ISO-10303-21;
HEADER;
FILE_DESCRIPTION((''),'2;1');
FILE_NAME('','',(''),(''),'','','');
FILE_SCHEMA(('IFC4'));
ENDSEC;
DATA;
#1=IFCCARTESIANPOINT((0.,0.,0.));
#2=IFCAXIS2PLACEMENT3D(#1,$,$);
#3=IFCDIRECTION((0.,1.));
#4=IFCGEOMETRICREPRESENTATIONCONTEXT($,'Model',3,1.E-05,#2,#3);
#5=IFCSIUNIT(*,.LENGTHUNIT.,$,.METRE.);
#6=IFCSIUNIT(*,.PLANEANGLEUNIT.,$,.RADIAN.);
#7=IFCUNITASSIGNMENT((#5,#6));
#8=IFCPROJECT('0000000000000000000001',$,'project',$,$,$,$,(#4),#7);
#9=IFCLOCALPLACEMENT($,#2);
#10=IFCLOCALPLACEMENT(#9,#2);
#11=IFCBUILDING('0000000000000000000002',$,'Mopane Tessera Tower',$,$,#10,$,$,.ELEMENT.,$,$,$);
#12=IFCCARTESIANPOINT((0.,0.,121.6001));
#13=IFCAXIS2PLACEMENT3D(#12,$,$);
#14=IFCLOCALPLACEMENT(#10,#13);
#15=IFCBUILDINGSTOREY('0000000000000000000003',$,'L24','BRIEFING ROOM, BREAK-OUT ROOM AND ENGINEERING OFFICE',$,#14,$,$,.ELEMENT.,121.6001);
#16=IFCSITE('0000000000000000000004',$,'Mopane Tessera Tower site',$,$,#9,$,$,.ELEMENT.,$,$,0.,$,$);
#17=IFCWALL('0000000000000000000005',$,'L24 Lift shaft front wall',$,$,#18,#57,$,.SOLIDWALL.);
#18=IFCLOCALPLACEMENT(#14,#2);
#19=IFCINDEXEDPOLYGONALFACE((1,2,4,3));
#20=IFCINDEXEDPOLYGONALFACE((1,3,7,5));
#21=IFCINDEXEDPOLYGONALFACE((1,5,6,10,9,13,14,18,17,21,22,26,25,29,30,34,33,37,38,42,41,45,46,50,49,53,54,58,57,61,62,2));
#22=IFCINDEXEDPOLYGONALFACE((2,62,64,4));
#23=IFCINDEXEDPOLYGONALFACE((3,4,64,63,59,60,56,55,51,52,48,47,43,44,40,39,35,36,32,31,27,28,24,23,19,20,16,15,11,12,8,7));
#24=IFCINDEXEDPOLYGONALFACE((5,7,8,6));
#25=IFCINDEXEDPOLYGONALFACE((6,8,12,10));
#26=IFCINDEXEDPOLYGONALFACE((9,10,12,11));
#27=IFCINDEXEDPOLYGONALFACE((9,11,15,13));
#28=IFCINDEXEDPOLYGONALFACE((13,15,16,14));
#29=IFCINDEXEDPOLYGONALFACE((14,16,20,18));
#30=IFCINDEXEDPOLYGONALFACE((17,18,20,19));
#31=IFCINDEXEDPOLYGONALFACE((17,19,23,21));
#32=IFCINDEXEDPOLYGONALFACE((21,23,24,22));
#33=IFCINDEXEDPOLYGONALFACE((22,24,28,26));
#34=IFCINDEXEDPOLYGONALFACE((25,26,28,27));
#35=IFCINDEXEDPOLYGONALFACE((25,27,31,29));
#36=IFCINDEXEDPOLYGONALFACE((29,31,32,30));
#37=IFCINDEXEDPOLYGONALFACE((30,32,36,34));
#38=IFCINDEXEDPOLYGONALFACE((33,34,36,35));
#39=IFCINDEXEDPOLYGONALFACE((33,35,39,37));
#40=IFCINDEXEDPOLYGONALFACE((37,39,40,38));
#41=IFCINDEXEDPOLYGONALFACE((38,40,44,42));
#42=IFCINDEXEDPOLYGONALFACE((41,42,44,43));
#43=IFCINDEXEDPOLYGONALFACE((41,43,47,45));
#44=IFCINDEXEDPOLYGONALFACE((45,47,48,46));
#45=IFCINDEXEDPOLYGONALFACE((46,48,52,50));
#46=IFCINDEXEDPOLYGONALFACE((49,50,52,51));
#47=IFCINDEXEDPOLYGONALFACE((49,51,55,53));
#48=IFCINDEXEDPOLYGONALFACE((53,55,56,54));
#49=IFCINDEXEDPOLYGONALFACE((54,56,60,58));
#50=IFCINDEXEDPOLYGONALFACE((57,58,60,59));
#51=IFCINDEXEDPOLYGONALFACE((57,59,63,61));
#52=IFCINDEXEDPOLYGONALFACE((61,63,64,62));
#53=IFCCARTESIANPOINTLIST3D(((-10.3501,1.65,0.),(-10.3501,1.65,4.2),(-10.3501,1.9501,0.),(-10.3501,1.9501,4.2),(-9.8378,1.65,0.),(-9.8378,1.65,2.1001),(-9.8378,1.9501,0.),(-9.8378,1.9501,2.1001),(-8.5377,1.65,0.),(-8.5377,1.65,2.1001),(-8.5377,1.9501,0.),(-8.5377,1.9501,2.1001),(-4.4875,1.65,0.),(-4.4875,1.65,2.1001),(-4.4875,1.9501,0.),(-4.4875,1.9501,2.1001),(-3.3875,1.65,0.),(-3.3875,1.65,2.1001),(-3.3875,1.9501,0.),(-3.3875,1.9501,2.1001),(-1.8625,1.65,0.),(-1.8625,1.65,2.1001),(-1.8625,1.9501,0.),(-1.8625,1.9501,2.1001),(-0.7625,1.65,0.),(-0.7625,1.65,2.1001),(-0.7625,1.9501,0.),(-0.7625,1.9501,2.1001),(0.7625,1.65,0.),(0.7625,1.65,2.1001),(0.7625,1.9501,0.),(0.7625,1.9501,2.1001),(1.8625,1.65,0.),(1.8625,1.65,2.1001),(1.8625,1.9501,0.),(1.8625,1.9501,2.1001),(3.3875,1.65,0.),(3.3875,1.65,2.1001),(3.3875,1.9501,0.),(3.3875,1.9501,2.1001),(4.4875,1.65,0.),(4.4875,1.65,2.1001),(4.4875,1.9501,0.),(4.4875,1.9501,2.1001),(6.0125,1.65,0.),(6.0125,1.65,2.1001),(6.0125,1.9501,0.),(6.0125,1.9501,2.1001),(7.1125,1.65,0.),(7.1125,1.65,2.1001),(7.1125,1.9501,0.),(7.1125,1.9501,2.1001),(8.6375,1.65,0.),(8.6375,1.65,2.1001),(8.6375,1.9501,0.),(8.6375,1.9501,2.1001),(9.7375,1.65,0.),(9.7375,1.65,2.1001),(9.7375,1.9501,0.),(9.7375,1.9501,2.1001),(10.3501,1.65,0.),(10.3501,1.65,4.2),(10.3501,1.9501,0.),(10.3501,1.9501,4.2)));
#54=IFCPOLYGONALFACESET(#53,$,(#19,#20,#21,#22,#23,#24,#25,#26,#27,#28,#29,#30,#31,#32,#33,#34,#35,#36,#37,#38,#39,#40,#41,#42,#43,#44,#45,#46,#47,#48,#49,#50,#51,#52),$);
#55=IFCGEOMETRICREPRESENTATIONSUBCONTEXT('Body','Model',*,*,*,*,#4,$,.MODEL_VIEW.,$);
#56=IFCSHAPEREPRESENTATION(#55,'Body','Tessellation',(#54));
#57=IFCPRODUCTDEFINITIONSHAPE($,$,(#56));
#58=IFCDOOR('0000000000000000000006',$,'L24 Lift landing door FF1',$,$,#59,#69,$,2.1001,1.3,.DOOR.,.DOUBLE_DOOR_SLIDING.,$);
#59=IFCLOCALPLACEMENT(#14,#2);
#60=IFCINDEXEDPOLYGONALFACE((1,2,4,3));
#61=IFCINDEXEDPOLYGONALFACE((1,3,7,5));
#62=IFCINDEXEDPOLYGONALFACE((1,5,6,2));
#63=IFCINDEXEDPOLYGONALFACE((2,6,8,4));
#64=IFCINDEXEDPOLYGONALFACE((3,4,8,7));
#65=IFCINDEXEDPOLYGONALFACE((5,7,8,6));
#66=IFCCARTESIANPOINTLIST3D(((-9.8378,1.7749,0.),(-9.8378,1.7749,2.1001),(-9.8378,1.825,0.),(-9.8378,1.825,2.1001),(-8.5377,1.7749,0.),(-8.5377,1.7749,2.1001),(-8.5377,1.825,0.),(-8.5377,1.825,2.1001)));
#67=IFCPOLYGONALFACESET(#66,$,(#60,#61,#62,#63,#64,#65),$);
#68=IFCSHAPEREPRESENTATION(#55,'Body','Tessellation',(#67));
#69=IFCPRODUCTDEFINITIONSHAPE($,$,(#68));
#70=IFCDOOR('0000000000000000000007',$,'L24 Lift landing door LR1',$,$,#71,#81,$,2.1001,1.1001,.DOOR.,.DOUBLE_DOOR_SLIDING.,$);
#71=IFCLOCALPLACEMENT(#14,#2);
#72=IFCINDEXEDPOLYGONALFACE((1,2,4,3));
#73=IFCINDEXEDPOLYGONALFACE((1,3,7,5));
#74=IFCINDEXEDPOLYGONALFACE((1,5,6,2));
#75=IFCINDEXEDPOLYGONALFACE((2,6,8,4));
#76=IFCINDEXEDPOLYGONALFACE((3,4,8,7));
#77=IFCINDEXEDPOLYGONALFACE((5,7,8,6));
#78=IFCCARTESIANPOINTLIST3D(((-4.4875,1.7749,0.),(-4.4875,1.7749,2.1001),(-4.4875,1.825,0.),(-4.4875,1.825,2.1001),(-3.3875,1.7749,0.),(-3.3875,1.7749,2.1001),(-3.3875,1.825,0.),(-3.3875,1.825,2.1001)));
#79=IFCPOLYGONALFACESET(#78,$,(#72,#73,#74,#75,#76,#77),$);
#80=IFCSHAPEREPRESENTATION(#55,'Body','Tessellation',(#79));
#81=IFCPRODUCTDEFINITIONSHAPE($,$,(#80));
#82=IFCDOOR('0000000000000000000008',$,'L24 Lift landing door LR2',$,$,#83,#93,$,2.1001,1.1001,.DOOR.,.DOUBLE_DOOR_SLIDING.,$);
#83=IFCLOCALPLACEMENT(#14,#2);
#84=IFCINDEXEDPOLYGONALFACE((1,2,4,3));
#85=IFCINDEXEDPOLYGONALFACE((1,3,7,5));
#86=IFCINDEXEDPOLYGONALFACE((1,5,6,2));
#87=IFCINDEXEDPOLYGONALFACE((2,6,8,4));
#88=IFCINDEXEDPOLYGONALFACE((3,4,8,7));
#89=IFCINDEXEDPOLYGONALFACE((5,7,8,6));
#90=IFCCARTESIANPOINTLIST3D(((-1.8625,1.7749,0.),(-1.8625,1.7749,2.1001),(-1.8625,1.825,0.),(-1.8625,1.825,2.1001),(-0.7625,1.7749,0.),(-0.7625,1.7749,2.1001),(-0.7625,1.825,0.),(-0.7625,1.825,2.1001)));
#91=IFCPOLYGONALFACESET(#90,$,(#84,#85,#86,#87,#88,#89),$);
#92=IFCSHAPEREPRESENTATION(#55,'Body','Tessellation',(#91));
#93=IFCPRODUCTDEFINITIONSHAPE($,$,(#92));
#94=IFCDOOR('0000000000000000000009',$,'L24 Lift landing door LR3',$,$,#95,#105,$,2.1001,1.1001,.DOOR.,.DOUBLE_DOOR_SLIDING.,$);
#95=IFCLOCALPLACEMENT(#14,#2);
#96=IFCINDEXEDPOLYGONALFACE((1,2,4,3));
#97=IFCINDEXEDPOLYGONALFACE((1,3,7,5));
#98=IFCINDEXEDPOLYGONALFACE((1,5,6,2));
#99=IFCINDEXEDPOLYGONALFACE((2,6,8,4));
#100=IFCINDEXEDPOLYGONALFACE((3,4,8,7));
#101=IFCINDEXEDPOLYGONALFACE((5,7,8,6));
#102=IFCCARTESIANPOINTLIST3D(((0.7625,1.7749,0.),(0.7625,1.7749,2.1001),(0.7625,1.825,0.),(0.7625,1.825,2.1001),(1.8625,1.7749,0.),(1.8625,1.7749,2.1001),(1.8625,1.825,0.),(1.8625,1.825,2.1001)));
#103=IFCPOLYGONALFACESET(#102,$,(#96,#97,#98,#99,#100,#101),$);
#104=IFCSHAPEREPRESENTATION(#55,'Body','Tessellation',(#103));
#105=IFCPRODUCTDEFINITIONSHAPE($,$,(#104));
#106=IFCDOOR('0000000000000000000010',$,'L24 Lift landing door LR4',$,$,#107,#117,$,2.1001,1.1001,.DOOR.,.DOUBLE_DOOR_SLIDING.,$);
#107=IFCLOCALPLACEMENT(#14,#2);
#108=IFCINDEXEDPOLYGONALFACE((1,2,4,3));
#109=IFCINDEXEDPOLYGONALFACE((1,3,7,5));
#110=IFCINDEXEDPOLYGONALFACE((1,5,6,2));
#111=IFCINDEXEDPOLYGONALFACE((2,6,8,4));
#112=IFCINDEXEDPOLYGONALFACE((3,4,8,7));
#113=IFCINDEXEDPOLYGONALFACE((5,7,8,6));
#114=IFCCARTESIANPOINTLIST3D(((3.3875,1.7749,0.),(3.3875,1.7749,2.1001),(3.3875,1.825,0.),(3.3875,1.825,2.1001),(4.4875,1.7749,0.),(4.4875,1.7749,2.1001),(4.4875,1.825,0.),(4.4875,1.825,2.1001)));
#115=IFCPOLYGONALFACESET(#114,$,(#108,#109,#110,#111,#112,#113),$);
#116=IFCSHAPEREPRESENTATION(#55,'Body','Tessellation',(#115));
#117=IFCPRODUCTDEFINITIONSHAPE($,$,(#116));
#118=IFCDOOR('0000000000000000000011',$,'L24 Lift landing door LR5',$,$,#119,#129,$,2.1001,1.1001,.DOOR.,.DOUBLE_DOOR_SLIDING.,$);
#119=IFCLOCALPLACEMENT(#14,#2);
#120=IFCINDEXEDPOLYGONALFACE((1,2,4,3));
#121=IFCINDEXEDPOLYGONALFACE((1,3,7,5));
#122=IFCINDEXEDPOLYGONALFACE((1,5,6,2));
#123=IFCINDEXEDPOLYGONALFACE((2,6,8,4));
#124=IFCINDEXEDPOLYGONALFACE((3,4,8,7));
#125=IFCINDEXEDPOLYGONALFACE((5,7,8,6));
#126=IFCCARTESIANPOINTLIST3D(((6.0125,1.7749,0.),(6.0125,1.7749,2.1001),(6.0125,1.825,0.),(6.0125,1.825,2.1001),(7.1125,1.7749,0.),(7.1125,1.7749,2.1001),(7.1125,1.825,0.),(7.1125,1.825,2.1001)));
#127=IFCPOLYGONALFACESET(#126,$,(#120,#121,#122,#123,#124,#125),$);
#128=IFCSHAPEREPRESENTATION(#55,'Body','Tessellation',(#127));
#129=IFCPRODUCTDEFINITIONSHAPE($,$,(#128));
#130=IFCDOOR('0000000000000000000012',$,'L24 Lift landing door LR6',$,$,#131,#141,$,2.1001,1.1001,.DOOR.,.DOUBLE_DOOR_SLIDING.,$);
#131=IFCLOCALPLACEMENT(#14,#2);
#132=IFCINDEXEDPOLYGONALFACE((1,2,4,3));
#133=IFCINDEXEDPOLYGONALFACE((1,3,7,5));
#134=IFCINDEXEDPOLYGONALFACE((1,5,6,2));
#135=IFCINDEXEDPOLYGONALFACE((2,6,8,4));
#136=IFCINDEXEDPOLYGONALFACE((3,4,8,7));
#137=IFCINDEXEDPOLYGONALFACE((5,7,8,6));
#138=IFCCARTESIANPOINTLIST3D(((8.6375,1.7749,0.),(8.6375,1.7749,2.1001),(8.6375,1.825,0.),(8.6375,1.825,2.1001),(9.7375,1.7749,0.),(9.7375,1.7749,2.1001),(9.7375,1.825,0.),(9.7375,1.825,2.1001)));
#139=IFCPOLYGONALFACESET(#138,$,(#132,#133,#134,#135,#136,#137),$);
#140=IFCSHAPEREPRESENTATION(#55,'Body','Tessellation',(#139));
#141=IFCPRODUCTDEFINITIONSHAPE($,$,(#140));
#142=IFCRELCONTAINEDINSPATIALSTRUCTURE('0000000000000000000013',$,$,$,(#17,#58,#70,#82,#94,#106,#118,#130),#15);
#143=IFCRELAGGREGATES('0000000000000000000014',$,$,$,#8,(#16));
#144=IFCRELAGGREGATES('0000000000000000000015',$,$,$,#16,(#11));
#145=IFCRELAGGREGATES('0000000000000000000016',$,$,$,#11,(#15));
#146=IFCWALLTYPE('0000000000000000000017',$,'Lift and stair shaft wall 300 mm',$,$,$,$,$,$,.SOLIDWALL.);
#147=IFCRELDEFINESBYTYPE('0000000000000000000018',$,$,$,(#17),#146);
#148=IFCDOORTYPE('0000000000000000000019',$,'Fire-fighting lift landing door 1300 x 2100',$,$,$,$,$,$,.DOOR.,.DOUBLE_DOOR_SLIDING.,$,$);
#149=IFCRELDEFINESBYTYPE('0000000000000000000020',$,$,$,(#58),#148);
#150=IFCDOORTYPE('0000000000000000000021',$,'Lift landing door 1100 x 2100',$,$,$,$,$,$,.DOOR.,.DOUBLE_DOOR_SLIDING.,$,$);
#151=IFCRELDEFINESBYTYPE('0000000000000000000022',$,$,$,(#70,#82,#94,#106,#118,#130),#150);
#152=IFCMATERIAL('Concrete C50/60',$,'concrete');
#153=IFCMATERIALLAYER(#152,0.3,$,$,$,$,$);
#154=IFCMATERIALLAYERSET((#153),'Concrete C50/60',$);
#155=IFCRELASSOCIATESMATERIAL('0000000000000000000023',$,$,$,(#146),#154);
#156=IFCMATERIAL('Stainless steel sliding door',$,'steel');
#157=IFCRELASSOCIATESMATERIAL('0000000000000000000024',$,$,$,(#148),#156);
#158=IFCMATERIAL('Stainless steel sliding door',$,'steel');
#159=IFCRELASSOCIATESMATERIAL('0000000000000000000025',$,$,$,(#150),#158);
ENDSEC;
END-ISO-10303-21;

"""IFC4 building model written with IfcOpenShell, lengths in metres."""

from ifc_helpers import new_model, si_unit, direction, frame, frame_2d, origin, place, context, subcontext, project, spatial, rectangle, extrude, material, layer, layer_set, type_object, element, fill, save


model = new_model("IFC4")

# Units and contexts
model_context = context("Model", 3, precision=1e-05, world=origin(), true_north=direction((0.0, 1.0)))
body_context = subcontext(model_context, "Body", "Model", "MODEL_VIEW")
ifc_project = project(units=[si_unit("LENGTHUNIT", "METRE"), si_unit("PLANEANGLEUNIT", "RADIAN")], contexts=[model_context])

# Site, building, storey
site_placement = place(None, origin())
site = spatial("IfcSite", under=ifc_project, at=site_placement, Name="Mopane Tessera Tower site", CompositionType="ELEMENT", RefElevation=0.0)
building_placement = place(site_placement, origin())
building = spatial("IfcBuilding", under=site, at=building_placement, Name="Mopane Tessera Tower", CompositionType="ELEMENT")
storey_placement = place(building_placement, frame((0.0, 0.0, 121.6001)))
storey = spatial("IfcBuildingStorey", under=building, at=storey_placement, Name="L24", Description="BRIEFING ROOM, BREAK-OUT ROOM AND ENGINEERING OFFICE", CompositionType="ELEMENT", Elevation=121.6001)

# Shared definitions
ifc_material_1 = material(Name="Concrete C50/60", Category="concrete")
ifc_layer_1 = layer(ifc_material_1, 0.3)
ifc_layer_set_1 = layer_set([ifc_layer_1], Name="Concrete C50/60")
wall_type_1 = type_object("IfcWallType", Name="Lift and stair shaft wall 300 mm", PredefinedType="SOLIDWALL", material=ifc_layer_set_1)

# Wall, openings, doors
wall_1_placement = place(storey_placement, frame((-10.3501, 1.8, 0.0), z_axis=(0.0, 0.0, 1.0), x_axis=(1.0, 0.0, 0.0)))
wall_1 = element("IfcWall", 1, at=wall_1_placement, inside=storey, type_object=wall_type_1, Name="L24 Lift shaft front wall", PredefinedType="SOLIDWALL", context=body_context, shape_type="SweptSolid", body=[
    extrude(rectangle(XDim=20.7002, YDim=0.3, at=frame_2d((10.3501, 0.0))), origin(), (0.0, 0.0, 1.0), 4.2),
])
opening_1_placement = place(wall_1_placement, frame((0.5125, 0.0, 0.0)))
opening_1 = element("IfcOpeningElement", 2, at=opening_1_placement, cuts=wall_1, PredefinedType="OPENING", context=body_context, shape_type="SweptSolid", body=[
    extrude(rectangle(XDim=1.3, YDim=2.1001, at=frame_2d((0.6499, 1.05))), frame((0.0, 0.1621, 0.0), z_axis=(0.0, -1.0, 0.0), x_axis=(1.0, 0.0, 0.0)), (0.0, 0.0, 1.0), 0.324),
])
opening_2_placement = place(wall_1_placement, frame((5.8625, 0.0, 0.0)))
opening_2 = element("IfcOpeningElement", 3, at=opening_2_placement, cuts=wall_1, PredefinedType="OPENING", context=body_context, shape_type="SweptSolid", body=[
    extrude(rectangle(XDim=1.1001, YDim=2.1001, at=frame_2d((0.55, 1.05))), frame((0.0, 0.1621, 0.0), z_axis=(0.0, -1.0, 0.0), x_axis=(1.0, 0.0, 0.0)), (0.0, 0.0, 1.0), 0.324),
])
opening_3_placement = place(wall_1_placement, frame((8.4875, 0.0, 0.0)))
opening_3 = element("IfcOpeningElement", 4, at=opening_3_placement, cuts=wall_1, PredefinedType="OPENING", context=body_context, shape_type="SweptSolid", body=[
    extrude(rectangle(XDim=1.1001, YDim=2.1001, at=frame_2d((0.55, 1.05))), frame((0.0, 0.1621, 0.0), z_axis=(0.0, -1.0, 0.0), x_axis=(1.0, 0.0, 0.0)), (0.0, 0.0, 1.0), 0.324),
])
opening_4_placement = place(wall_1_placement, frame((11.1125, 0.0, 0.0)))
opening_4 = element("IfcOpeningElement", 5, at=opening_4_placement, cuts=wall_1, PredefinedType="OPENING", context=body_context, shape_type="SweptSolid", body=[
    extrude(rectangle(XDim=1.1001, YDim=2.1001, at=frame_2d((0.55, 1.05))), frame((0.0, 0.1621, 0.0), z_axis=(0.0, -1.0, 0.0), x_axis=(1.0, 0.0, 0.0)), (0.0, 0.0, 1.0), 0.324),
])
opening_5_placement = place(wall_1_placement, frame((13.7375, 0.0, 0.0)))
opening_5 = element("IfcOpeningElement", 6, at=opening_5_placement, cuts=wall_1, PredefinedType="OPENING", context=body_context, shape_type="SweptSolid", body=[
    extrude(rectangle(XDim=1.1001, YDim=2.1001, at=frame_2d((0.55, 1.05))), frame((0.0, 0.1621, 0.0), z_axis=(0.0, -1.0, 0.0), x_axis=(1.0, 0.0, 0.0)), (0.0, 0.0, 1.0), 0.324),
])
opening_6_placement = place(wall_1_placement, frame((16.3625, 0.0, 0.0)))
opening_6 = element("IfcOpeningElement", 7, at=opening_6_placement, cuts=wall_1, PredefinedType="OPENING", context=body_context, shape_type="SweptSolid", body=[
    extrude(rectangle(XDim=1.1001, YDim=2.1001, at=frame_2d((0.55, 1.05))), frame((0.0, 0.1621, 0.0), z_axis=(0.0, -1.0, 0.0), x_axis=(1.0, 0.0, 0.0)), (0.0, 0.0, 1.0), 0.324),
])
opening_7_placement = place(wall_1_placement, frame((18.9875, 0.0, 0.0)))
opening_7 = element("IfcOpeningElement", 8, at=opening_7_placement, cuts=wall_1, PredefinedType="OPENING", context=body_context, shape_type="SweptSolid", body=[
    extrude(rectangle(XDim=1.1001, YDim=2.1001, at=frame_2d((0.55, 1.05))), frame((0.0, 0.1621, 0.0), z_axis=(0.0, -1.0, 0.0), x_axis=(1.0, 0.0, 0.0)), (0.0, 0.0, 1.0), 0.324),
])
ifc_material_2 = material(Name="Stainless steel sliding door", Category="steel")
door_type_1 = type_object("IfcDoorType", Name="Fire-fighting lift landing door 1300 x 2100", OperationType="DOUBLE_DOOR_SLIDING", PredefinedType="DOOR", material=ifc_material_2)
door_1_placement = place(opening_1_placement, origin())
door_1 = element("IfcDoor", 9, at=door_1_placement, inside=storey, type_object=door_type_1, Name="L24 Lift landing door FF1", OperationType="DOUBLE_DOOR_SLIDING", OverallHeight=2.1001, OverallWidth=1.3, PredefinedType="DOOR", context=body_context, shape_type="SweptSolid", body=[
    extrude(rectangle(XDim=1.3, YDim=2.1001, at=frame_2d((0.6499, 1.05))), frame((0.0, 0.0249, 0.0), z_axis=(0.0, -1.0, 0.0), x_axis=(1.0, 0.0, 0.0)), (0.0, 0.0, 1.0), 0.05),
])
fill(opening_1, door_1)
ifc_material_3 = material(Name="Stainless steel sliding door", Category="steel")
door_type_2 = type_object("IfcDoorType", Name="Lift landing door 1100 x 2100", OperationType="DOUBLE_DOOR_SLIDING", PredefinedType="DOOR", material=ifc_material_3)
door_2_placement = place(opening_2_placement, origin())
door_2 = element("IfcDoor", 10, at=door_2_placement, inside=storey, type_object=door_type_2, Name="L24 Lift landing door LR1", OperationType="DOUBLE_DOOR_SLIDING", OverallHeight=2.1001, OverallWidth=1.1001, PredefinedType="DOOR", context=body_context, shape_type="SweptSolid", body=[
    extrude(rectangle(XDim=1.1001, YDim=2.1001, at=frame_2d((0.55, 1.05))), frame((0.0, 0.0249, 0.0), z_axis=(0.0, -1.0, 0.0), x_axis=(1.0, 0.0, 0.0)), (0.0, 0.0, 1.0), 0.05),
])
fill(opening_2, door_2)
door_3_placement = place(opening_3_placement, origin())
door_3 = element("IfcDoor", 11, at=door_3_placement, inside=storey, type_object=door_type_2, Name="L24 Lift landing door LR2", OperationType="DOUBLE_DOOR_SLIDING", OverallHeight=2.1001, OverallWidth=1.1001, PredefinedType="DOOR", context=body_context, shape_type="SweptSolid", body=[
    extrude(rectangle(XDim=1.1001, YDim=2.1001, at=frame_2d((0.55, 1.05))), frame((0.0, 0.0249, 0.0), z_axis=(0.0, -1.0, 0.0), x_axis=(1.0, 0.0, 0.0)), (0.0, 0.0, 1.0), 0.05),
])
fill(opening_3, door_3)
door_4_placement = place(opening_4_placement, origin())
door_4 = element("IfcDoor", 12, at=door_4_placement, inside=storey, type_object=door_type_2, Name="L24 Lift landing door LR3", OperationType="DOUBLE_DOOR_SLIDING", OverallHeight=2.1001, OverallWidth=1.1001, PredefinedType="DOOR", context=body_context, shape_type="SweptSolid", body=[
    extrude(rectangle(XDim=1.1001, YDim=2.1001, at=frame_2d((0.55, 1.05))), frame((0.0, 0.0249, 0.0), z_axis=(0.0, -1.0, 0.0), x_axis=(1.0, 0.0, 0.0)), (0.0, 0.0, 1.0), 0.05),
])
fill(opening_4, door_4)
door_5_placement = place(opening_5_placement, origin())
door_5 = element("IfcDoor", 13, at=door_5_placement, inside=storey, type_object=door_type_2, Name="L24 Lift landing door LR4", OperationType="DOUBLE_DOOR_SLIDING", OverallHeight=2.1001, OverallWidth=1.1001, PredefinedType="DOOR", context=body_context, shape_type="SweptSolid", body=[
    extrude(rectangle(XDim=1.1001, YDim=2.1001, at=frame_2d((0.55, 1.05))), frame((0.0, 0.0249, 0.0), z_axis=(0.0, -1.0, 0.0), x_axis=(1.0, 0.0, 0.0)), (0.0, 0.0, 1.0), 0.05),
])
fill(opening_5, door_5)
door_6_placement = place(opening_6_placement, origin())
door_6 = element("IfcDoor", 14, at=door_6_placement, inside=storey, type_object=door_type_2, Name="L24 Lift landing door LR5", OperationType="DOUBLE_DOOR_SLIDING", OverallHeight=2.1001, OverallWidth=1.1001, PredefinedType="DOOR", context=body_context, shape_type="SweptSolid", body=[
    extrude(rectangle(XDim=1.1001, YDim=2.1001, at=frame_2d((0.55, 1.05))), frame((0.0, 0.0249, 0.0), z_axis=(0.0, -1.0, 0.0), x_axis=(1.0, 0.0, 0.0)), (0.0, 0.0, 1.0), 0.05),
])
fill(opening_6, door_6)
door_7_placement = place(opening_7_placement, origin())
door_7 = element("IfcDoor", 15, at=door_7_placement, inside=storey, type_object=door_type_2, Name="L24 Lift landing door LR6", OperationType="DOUBLE_DOOR_SLIDING", OverallHeight=2.1001, OverallWidth=1.1001, PredefinedType="DOOR", context=body_context, shape_type="SweptSolid", body=[
    extrude(rectangle(XDim=1.1001, YDim=2.1001, at=frame_2d((0.55, 1.05))), frame((0.0, 0.0249, 0.0), z_axis=(0.0, -1.0, 0.0), x_axis=(1.0, 0.0, 0.0)), (0.0, 0.0, 1.0), 0.05),
])
fill(opening_7, door_7)

save(model, "model.ifc")
